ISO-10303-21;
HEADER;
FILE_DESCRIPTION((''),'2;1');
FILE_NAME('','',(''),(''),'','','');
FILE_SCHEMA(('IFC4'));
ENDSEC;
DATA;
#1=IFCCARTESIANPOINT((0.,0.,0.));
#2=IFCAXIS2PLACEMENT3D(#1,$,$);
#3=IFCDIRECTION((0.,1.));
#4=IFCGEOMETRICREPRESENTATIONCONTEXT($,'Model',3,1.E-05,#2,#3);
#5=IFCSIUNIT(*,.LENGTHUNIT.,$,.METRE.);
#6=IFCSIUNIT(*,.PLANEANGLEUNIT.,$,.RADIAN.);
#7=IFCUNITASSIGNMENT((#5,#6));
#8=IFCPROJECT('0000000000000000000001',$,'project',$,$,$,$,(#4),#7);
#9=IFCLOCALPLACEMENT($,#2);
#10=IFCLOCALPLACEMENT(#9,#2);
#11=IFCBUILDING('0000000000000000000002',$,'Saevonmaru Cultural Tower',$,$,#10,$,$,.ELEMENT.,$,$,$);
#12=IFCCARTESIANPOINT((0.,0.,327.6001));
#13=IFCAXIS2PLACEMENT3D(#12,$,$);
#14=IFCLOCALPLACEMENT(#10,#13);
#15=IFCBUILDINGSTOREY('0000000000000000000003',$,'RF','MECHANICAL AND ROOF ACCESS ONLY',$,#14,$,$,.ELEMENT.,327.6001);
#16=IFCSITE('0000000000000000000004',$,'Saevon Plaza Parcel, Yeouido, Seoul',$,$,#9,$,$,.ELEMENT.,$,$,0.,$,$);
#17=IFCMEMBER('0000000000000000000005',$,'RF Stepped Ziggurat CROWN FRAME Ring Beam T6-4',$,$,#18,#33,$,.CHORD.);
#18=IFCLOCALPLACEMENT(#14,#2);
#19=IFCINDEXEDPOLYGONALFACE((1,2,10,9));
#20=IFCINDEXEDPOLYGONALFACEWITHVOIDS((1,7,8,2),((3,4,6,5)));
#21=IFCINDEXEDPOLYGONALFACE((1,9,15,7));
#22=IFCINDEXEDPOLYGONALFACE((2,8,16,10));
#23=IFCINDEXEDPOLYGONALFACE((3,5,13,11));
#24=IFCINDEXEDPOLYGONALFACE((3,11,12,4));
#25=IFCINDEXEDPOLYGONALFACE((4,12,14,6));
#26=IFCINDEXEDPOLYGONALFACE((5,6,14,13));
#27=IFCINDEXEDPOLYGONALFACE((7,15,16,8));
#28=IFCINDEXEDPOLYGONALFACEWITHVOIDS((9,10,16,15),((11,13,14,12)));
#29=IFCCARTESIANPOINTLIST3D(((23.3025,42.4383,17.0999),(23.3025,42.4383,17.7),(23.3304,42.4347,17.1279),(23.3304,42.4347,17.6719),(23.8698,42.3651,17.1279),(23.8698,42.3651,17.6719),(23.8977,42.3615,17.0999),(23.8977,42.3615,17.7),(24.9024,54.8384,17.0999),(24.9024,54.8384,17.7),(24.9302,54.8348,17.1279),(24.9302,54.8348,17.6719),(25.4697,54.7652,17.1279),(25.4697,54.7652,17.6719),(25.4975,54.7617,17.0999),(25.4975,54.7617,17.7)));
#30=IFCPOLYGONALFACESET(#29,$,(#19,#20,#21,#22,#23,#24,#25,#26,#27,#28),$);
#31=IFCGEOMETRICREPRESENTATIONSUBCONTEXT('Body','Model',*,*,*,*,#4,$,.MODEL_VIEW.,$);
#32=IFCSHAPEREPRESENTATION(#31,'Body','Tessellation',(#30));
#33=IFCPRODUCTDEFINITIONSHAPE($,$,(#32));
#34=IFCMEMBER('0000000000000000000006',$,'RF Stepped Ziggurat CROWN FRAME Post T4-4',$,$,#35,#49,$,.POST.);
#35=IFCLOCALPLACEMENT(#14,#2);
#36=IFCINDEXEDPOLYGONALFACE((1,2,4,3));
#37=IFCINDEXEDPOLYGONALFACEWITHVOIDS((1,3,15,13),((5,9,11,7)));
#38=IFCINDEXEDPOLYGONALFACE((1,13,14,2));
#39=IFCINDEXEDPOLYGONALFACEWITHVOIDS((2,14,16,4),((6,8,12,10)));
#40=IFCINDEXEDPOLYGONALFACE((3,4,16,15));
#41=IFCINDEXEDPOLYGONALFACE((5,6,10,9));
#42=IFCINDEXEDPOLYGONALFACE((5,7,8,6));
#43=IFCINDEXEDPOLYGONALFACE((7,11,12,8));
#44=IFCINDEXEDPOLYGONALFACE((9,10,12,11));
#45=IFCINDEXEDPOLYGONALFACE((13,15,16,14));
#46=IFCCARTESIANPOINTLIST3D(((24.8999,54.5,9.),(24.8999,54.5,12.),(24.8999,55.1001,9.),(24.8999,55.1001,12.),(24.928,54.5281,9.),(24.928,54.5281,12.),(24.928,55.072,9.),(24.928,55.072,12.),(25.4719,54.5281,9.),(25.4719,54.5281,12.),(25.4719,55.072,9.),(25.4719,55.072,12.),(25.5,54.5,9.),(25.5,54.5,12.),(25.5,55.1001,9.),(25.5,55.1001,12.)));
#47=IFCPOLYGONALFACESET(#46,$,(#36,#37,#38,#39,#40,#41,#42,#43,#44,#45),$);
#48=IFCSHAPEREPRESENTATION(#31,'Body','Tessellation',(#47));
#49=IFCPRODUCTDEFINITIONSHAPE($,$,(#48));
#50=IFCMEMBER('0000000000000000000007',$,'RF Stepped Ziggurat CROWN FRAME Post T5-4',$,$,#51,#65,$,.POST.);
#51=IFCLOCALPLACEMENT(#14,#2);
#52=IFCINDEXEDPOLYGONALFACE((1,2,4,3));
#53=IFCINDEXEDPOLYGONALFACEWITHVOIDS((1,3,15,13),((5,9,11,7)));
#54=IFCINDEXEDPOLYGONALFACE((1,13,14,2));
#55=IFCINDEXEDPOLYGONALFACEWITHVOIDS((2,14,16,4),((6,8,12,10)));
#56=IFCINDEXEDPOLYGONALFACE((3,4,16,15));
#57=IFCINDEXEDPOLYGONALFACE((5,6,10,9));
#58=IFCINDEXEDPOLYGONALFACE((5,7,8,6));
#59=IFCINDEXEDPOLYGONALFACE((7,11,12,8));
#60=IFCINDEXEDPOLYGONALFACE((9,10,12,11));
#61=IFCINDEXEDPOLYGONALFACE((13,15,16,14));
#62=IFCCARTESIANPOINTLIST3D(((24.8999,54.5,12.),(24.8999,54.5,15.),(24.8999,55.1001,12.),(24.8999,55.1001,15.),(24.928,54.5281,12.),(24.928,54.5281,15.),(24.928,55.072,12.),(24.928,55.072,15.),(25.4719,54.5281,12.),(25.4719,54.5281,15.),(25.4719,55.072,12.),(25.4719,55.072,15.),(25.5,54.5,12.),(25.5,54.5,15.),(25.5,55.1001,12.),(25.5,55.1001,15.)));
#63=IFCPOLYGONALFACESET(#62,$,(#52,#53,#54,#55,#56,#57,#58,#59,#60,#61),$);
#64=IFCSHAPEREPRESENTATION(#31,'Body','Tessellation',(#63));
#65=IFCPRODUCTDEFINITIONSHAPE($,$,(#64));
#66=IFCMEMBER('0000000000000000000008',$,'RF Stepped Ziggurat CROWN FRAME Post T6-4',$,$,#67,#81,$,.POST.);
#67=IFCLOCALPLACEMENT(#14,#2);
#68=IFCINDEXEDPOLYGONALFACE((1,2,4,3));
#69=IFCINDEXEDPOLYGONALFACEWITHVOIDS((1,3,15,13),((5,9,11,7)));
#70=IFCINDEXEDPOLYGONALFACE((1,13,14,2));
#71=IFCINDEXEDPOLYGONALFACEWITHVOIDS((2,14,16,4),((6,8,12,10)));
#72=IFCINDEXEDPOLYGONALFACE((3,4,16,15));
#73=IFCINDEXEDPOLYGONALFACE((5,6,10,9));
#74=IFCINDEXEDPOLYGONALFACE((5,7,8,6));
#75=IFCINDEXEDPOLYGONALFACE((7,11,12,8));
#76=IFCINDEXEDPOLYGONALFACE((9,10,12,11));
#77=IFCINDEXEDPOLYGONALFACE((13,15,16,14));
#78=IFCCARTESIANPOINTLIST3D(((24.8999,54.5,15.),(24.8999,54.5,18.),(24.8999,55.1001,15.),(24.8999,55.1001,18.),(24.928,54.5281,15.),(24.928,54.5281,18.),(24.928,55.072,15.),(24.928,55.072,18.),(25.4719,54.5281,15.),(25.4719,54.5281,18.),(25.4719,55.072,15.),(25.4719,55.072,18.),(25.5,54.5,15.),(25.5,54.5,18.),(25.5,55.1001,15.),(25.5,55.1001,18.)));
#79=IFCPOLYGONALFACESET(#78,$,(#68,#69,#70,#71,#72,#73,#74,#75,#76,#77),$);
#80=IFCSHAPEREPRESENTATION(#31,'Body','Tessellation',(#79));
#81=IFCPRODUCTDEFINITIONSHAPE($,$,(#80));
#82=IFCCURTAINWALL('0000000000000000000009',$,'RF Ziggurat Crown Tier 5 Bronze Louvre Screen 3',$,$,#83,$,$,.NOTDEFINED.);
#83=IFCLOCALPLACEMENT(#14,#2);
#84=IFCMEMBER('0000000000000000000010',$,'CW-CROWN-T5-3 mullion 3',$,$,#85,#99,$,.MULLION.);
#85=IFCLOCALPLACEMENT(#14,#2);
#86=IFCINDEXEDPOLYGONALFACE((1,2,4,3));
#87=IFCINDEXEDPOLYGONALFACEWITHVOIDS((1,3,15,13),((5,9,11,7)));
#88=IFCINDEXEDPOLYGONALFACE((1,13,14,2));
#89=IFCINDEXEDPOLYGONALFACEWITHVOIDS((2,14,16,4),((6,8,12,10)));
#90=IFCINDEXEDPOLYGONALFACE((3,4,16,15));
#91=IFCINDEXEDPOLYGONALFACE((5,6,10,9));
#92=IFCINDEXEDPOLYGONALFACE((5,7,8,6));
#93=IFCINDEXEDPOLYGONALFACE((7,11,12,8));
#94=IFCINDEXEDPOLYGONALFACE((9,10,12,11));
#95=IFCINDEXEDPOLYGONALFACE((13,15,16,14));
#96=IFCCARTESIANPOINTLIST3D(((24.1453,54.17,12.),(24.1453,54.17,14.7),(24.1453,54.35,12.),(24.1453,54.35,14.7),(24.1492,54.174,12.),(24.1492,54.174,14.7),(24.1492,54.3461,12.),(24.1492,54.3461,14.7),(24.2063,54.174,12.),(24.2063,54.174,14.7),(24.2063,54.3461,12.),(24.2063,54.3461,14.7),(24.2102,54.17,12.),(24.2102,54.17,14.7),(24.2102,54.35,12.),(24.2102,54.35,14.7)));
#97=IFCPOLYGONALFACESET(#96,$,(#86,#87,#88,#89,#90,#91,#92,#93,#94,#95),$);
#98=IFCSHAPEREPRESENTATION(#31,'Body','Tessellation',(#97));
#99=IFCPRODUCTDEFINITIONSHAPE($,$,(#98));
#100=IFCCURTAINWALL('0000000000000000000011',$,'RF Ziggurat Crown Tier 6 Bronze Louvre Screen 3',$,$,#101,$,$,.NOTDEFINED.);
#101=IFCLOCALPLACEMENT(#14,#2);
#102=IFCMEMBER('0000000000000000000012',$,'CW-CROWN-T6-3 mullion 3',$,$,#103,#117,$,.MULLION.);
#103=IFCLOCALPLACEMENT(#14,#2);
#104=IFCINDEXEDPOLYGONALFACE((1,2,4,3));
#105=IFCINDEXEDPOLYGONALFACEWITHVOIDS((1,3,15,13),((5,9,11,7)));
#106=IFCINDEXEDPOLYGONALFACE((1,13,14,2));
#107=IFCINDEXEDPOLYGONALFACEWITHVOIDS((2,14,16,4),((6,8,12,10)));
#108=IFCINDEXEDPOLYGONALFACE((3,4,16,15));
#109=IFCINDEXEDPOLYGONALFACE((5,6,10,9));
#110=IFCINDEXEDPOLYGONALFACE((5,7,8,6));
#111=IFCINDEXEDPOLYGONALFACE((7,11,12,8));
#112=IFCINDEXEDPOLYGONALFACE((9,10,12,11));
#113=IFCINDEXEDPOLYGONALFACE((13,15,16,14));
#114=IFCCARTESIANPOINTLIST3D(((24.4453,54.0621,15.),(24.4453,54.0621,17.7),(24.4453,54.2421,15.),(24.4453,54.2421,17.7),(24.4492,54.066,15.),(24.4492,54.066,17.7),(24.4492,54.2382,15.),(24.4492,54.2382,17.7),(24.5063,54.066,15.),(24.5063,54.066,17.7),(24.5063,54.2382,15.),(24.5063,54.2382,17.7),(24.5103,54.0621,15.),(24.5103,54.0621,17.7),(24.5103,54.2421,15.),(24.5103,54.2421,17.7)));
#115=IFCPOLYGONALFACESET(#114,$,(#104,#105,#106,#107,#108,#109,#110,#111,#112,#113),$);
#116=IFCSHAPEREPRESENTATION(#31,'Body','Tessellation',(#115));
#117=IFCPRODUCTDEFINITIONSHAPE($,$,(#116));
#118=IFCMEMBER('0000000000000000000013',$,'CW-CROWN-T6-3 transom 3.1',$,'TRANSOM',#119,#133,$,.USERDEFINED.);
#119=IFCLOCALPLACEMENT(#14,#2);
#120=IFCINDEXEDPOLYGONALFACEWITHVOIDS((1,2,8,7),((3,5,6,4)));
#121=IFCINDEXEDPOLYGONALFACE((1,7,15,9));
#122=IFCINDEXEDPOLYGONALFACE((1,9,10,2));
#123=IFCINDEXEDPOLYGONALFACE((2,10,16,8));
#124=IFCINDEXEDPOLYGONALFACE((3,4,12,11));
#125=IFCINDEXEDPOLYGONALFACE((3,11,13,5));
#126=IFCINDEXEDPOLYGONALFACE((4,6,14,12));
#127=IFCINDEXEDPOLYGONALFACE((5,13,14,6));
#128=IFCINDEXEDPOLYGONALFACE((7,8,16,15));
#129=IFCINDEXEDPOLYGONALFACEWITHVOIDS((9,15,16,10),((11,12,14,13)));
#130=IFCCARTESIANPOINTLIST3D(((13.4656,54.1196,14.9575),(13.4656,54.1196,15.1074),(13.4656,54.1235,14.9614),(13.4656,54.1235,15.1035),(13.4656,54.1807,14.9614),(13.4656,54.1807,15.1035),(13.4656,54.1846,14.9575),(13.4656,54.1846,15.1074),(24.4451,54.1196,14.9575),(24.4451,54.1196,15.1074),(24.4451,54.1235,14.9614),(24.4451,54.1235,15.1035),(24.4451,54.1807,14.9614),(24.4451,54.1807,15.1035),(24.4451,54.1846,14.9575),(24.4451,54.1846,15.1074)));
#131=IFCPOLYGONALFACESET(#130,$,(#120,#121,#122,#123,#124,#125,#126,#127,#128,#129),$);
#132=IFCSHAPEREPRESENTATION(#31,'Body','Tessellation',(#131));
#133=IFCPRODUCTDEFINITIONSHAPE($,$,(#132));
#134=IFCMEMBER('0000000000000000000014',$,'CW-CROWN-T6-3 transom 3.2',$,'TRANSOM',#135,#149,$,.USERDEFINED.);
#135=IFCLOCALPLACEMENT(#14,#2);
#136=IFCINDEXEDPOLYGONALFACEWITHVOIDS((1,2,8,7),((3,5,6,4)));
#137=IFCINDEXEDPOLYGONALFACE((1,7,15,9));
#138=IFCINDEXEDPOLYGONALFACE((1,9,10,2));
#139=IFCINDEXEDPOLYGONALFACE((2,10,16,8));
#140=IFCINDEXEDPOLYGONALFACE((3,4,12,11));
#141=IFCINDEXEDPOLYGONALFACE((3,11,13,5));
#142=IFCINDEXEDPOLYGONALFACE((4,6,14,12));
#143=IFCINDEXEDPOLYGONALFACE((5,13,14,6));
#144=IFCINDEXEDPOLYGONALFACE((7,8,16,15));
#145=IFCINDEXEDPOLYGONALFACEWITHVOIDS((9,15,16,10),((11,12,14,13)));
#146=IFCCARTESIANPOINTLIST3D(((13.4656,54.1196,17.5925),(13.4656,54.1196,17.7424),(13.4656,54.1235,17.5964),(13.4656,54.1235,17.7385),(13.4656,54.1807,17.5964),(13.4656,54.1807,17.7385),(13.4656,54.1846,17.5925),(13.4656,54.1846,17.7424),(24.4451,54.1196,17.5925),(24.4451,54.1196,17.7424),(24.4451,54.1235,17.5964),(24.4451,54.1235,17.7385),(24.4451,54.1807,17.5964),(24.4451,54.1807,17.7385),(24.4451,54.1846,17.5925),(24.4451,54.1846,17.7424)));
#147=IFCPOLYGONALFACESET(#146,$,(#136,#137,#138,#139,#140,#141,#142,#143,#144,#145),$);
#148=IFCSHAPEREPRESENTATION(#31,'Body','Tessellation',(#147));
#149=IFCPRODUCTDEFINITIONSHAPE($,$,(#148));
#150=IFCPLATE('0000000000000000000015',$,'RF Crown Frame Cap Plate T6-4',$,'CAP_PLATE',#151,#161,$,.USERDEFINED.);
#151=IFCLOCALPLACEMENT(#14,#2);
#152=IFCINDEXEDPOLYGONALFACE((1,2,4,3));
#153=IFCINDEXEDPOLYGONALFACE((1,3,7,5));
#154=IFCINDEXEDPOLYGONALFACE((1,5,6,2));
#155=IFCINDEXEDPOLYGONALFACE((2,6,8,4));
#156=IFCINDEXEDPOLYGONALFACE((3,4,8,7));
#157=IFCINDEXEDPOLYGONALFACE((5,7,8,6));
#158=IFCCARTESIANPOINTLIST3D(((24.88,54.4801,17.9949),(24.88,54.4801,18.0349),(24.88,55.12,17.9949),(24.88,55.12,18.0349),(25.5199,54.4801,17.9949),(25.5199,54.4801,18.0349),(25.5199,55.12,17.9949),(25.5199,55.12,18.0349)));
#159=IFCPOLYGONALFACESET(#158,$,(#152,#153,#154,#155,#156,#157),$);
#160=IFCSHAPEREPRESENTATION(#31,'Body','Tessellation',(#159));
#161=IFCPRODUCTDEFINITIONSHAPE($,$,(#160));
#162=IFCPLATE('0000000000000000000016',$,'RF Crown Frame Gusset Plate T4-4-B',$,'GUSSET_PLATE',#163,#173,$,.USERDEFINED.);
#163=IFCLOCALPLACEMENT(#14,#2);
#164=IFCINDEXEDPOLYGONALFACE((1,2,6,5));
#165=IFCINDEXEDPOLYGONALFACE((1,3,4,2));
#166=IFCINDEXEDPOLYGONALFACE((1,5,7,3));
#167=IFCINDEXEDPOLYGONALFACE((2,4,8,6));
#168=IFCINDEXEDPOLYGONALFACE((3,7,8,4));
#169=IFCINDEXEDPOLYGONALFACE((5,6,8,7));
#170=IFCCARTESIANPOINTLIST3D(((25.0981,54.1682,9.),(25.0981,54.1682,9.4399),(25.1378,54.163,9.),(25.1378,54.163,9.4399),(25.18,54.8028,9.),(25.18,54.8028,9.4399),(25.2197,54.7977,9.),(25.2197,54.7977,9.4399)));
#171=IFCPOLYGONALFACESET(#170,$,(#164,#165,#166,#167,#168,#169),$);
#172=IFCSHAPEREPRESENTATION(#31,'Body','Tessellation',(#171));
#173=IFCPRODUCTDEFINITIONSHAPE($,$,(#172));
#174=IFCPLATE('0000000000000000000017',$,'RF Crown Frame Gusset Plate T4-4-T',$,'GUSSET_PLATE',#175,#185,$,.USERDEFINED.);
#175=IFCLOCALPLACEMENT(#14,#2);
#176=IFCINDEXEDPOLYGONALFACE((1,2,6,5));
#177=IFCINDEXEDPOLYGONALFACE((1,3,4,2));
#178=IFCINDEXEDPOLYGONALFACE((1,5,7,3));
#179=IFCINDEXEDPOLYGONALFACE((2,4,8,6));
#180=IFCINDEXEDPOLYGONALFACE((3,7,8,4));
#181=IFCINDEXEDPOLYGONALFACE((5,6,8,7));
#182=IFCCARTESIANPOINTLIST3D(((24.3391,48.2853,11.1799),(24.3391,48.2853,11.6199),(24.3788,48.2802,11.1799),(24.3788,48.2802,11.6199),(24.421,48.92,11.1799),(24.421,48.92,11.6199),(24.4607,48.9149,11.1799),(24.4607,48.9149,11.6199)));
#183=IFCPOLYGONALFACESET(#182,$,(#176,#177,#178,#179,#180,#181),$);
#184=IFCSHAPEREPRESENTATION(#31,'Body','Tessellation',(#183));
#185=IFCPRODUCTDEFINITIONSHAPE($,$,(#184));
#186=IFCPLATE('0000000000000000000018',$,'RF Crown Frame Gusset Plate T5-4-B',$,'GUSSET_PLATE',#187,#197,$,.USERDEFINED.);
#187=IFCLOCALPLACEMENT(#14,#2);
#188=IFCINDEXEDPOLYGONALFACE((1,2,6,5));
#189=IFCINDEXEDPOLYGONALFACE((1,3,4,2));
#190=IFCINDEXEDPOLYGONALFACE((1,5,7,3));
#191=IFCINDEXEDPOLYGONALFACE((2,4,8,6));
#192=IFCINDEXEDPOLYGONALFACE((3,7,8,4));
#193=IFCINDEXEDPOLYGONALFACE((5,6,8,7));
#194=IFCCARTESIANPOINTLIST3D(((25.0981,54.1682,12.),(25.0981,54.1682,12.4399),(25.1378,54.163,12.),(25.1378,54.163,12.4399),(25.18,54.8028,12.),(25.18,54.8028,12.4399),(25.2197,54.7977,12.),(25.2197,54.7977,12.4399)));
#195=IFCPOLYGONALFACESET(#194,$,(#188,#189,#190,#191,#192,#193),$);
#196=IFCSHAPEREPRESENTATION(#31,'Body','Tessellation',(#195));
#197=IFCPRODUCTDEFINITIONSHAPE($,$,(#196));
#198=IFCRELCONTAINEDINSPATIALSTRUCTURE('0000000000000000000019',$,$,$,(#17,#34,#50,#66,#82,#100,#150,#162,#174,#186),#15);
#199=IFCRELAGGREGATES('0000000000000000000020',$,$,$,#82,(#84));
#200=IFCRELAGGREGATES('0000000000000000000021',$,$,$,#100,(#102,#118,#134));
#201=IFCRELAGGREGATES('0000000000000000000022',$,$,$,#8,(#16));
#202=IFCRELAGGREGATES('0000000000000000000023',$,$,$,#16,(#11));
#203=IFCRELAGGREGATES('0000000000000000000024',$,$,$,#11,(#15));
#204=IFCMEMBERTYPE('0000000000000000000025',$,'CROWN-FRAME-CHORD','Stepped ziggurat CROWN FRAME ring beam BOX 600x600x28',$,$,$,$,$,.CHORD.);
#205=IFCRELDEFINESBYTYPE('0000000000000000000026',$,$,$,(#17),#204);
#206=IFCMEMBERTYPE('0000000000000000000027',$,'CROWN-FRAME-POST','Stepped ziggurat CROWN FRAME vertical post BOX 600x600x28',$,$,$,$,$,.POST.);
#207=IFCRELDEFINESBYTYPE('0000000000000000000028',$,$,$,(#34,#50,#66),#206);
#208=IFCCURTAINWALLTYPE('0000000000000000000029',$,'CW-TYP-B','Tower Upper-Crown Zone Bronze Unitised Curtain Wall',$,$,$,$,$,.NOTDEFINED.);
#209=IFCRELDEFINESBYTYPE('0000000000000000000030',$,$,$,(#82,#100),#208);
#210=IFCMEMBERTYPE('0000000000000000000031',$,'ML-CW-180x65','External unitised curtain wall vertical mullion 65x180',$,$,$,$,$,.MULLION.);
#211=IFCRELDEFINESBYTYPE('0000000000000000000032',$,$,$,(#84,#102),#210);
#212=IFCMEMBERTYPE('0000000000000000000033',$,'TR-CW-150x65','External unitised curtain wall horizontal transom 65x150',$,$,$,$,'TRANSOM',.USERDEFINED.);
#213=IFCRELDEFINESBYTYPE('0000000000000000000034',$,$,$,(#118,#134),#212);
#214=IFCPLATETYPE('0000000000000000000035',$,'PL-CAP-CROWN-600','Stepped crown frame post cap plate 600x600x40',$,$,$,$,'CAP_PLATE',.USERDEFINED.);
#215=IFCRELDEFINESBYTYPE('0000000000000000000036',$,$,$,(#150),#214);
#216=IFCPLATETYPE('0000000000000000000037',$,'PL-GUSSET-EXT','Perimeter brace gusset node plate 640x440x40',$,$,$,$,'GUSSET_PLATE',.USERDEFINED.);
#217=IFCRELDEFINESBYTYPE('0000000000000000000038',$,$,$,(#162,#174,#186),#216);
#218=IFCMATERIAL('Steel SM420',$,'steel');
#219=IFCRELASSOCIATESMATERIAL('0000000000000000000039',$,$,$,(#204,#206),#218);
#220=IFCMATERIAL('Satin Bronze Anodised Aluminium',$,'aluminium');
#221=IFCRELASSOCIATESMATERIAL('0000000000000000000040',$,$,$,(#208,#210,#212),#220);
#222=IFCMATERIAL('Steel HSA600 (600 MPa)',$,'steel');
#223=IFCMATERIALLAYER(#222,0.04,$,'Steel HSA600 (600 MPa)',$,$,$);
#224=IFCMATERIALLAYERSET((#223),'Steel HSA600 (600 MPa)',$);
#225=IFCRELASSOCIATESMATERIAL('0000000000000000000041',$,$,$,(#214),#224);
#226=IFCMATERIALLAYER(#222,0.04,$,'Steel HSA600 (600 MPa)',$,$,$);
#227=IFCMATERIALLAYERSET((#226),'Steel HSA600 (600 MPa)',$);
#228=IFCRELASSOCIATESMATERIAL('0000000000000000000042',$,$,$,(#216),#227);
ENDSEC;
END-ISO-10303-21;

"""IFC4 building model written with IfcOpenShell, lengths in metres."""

from ifc_helpers import new_model, si_unit, direction, frame, origin, origin_2d, place, context, subcontext, project, spatial, rectangle, hollow_rectangle, extrude, material, layer, layer_set, material_profile, profile_set, type_object, element, aggregate, save


model = new_model("IFC4")

# Units and contexts
model_context = context("Model", 3, precision=1e-05, world=origin(), true_north=direction((0.0, 1.0)))
body_context = subcontext(model_context, "Body", "Model", "MODEL_VIEW")
ifc_project = project(units=[si_unit("LENGTHUNIT", "METRE"), si_unit("PLANEANGLEUNIT", "RADIAN")], contexts=[model_context])

# Site, building, storey
site_placement = place(None, origin())
site = spatial("IfcSite", under=ifc_project, at=site_placement, Name="Saevon Plaza Parcel, Yeouido, Seoul", CompositionType="ELEMENT", RefElevation=0.0)
building_placement = place(site_placement, origin())
building = spatial("IfcBuilding", under=site, at=building_placement, Name="Saevonmaru Cultural Tower", CompositionType="ELEMENT")
storey_placement = place(building_placement, frame((0.0, 0.0, 327.6001)))
storey = spatial("IfcBuildingStorey", under=building, at=storey_placement, Name="RF", Description="MECHANICAL AND ROOF ACCESS ONLY", CompositionType="ELEMENT", Elevation=327.6001)

# Members
ifc_material_1 = material(Name="Steel SM420", Category="steel")
ifc_material_profile_1 = material_profile(ifc_material_1, hollow_rectangle(XDim=0.6001, YDim=0.6001, WallThickness=0.0281, at=origin_2d()), Name="BOX-600x600x28")
ifc_profile_set_1 = profile_set([ifc_material_profile_1], Name="Steel SM420")
member_type_1 = type_object("IfcMemberType", Name="CROWN-FRAME-CHORD", Description="Stepped ziggurat CROWN FRAME ring beam BOX 600x600x28", PredefinedType="CHORD", material=ifc_profile_set_1)
for number, where, z_axis, x_axis, name in (
    (1, (25.2, 54.8, 17.3999), (-0.127958, -0.99178, 0.0), (0.99178, -0.127958, 0.0), "RF Stepped Ziggurat CROWN FRAME Ring Beam T6-4"),
):
    element("IfcMember", number, at=place(storey_placement, frame(where, z_axis=z_axis, x_axis=x_axis)), inside=storey, type_object=member_type_1, Name=name, PredefinedType="CHORD", context=body_context, shape_type="SweptSolid", body=[
        extrude(hollow_rectangle(XDim=0.6001, YDim=0.6001, WallThickness=0.0281, at=origin_2d()), origin(), (0.0, 0.0, 1.0), 12.5029),
    ])
ifc_material_profile_2 = material_profile(ifc_material_1, hollow_rectangle(XDim=0.6001, YDim=0.6001, WallThickness=0.0281, at=origin_2d()), Name="BOX-600x600x28")
ifc_profile_set_2 = profile_set([ifc_material_profile_2], Name="Steel SM420")
member_type_2 = type_object("IfcMemberType", Name="CROWN-FRAME-POST", Description="Stepped ziggurat CROWN FRAME vertical post BOX 600x600x28", PredefinedType="POST", material=ifc_profile_set_2)
for number, where, z_axis, x_axis, name in (
    (2, (25.2, 54.8, 9.0), (0.0, 0.0, 1.0), (1.0, 0.0, 0.0), "RF Stepped Ziggurat CROWN FRAME Post T4-4"),
    (3, (25.2, 54.8, 12.0), (0.0, 0.0, 1.0), (1.0, 0.0, 0.0), "RF Stepped Ziggurat CROWN FRAME Post T5-4"),
    (4, (25.2, 54.8, 15.0), (0.0, 0.0, 1.0), (1.0, 0.0, 0.0), "RF Stepped Ziggurat CROWN FRAME Post T6-4"),
):
    element("IfcMember", number, at=place(storey_placement, frame(where, z_axis=z_axis, x_axis=x_axis)), inside=storey, type_object=member_type_2, Name=name, PredefinedType="POST", context=body_context, shape_type="SweptSolid", body=[
        extrude(hollow_rectangle(XDim=0.6001, YDim=0.6001, WallThickness=0.0281, at=origin_2d()), origin(), (0.0, 0.0, 1.0), 3.0),
    ])

# Curtain wall, member
ifc_material_2 = material(Name="Satin Bronze Anodised Aluminium", Category="aluminium")
curtain_wall_type = type_object("IfcCurtainWallType", Name="CW-TYP-B", Description="Tower Upper-Crown Zone Bronze Unitised Curtain Wall", PredefinedType="NOTDEFINED", material=ifc_material_2)
curtain_wall_1_placement = place(storey_placement, origin())
curtain_wall_1 = element("IfcCurtainWall", 5, at=curtain_wall_1_placement, inside=storey, type_object=curtain_wall_type, Name="RF Ziggurat Crown Tier 5 Bronze Louvre Screen 3", PredefinedType="NOTDEFINED")
ifc_material_profile_3 = material_profile(ifc_material_2, hollow_rectangle(XDim=0.0649, YDim=0.1799, WallThickness=0.0039, at=origin_2d()), Name="ALU-MULL-180x65x4")
ifc_profile_set_3 = profile_set([ifc_material_profile_3], Name="Satin Bronze Anodised Aluminium")
member_type_3 = type_object("IfcMemberType", Name="ML-CW-180x65", Description="External unitised curtain wall vertical mullion 65x180", PredefinedType="MULLION", material=ifc_profile_set_3)
member_1_placement = place(storey_placement, frame((24.1777, 54.26, 12.0), z_axis=(0.0, 0.0, 1.0), x_axis=(-1.0, 0.0, 0.0)))
member_1 = element("IfcMember", 6, at=member_1_placement, type_object=member_type_3, Name="CW-CROWN-T5-3 mullion 3", PredefinedType="MULLION", context=body_context, shape_type="SweptSolid", body=[
    extrude(hollow_rectangle(XDim=0.0649, YDim=0.1799, WallThickness=0.0039, at=origin_2d()), origin(), (0.0, 0.0, 1.0), 2.7),
])

# Curtain wall, members
curtain_wall_2_placement = place(storey_placement, origin())
curtain_wall_2 = element("IfcCurtainWall", 7, at=curtain_wall_2_placement, inside=storey, type_object=curtain_wall_type, Name="RF Ziggurat Crown Tier 6 Bronze Louvre Screen 3", PredefinedType="NOTDEFINED")
member_2_placement = place(storey_placement, frame((24.4778, 54.1521, 15.0), z_axis=(0.0, 0.0, 1.0), x_axis=(-1.0, 0.0, 0.0)))
member_2 = element("IfcMember", 8, at=member_2_placement, type_object=member_type_3, Name="CW-CROWN-T6-3 mullion 3", PredefinedType="MULLION", context=body_context, shape_type="SweptSolid", body=[
    extrude(hollow_rectangle(XDim=0.0649, YDim=0.1799, WallThickness=0.0039, at=origin_2d()), origin(), (0.0, 0.0, 1.0), 2.7),
])
ifc_material_profile_4 = material_profile(ifc_material_2, hollow_rectangle(XDim=0.0649, YDim=0.1499, WallThickness=0.0039, at=origin_2d()), Name="ALU-TRAN-150x65x4")
ifc_profile_set_4 = profile_set([ifc_material_profile_4], Name="Satin Bronze Anodised Aluminium")
member_type_4 = type_object("IfcMemberType", Name="TR-CW-150x65", Description="External unitised curtain wall horizontal transom 65x150", ElementType="TRANSOM", PredefinedType="USERDEFINED", material=ifc_profile_set_4)
member_3_placement = place(storey_placement, frame((24.4451, 54.1521, 15.0325), z_axis=(-1.0, 0.0, 0.0), x_axis=(0.0, -1.0, 0.0)))
member_3 = element("IfcMember", 9, at=member_3_placement, type_object=member_type_4, Name="CW-CROWN-T6-3 transom 3.1", ObjectType="TRANSOM", PredefinedType="USERDEFINED", context=body_context, shape_type="SweptSolid", body=[
    extrude(hollow_rectangle(XDim=0.0649, YDim=0.1499, WallThickness=0.0039, at=origin_2d()), origin(), (0.0, 0.0, 1.0), 10.9795),
])
member_4_placement = place(storey_placement, frame((24.4451, 54.1521, 17.6675), z_axis=(-1.0, 0.0, 0.0), x_axis=(0.0, -1.0, 0.0)))
member_4 = element("IfcMember", 10, at=member_4_placement, type_object=member_type_4, Name="CW-CROWN-T6-3 transom 3.2", ObjectType="TRANSOM", PredefinedType="USERDEFINED", context=body_context, shape_type="SweptSolid", body=[
    extrude(hollow_rectangle(XDim=0.0649, YDim=0.1499, WallThickness=0.0039, at=origin_2d()), origin(), (0.0, 0.0, 1.0), 10.9795),
])

# Plates
ifc_material_3 = material(Name="Steel HSA600 (600 MPa)", Category="steel")
ifc_layer_1 = layer(ifc_material_3, 0.04, Name="Steel HSA600 (600 MPa)")
ifc_layer_set_1 = layer_set([ifc_layer_1], Name="Steel HSA600 (600 MPa)")
plate_type_1 = type_object("IfcPlateType", Name="PL-CAP-CROWN-600", Description="Stepped crown frame post cap plate 600x600x40", ElementType="CAP_PLATE", PredefinedType="USERDEFINED", material=ifc_layer_set_1)
plate_1_placement = place(storey_placement, frame((25.2, 54.8, 17.9949), z_axis=(0.0, 0.0, 1.0), x_axis=(1.0, 0.0, 0.0)))
element("IfcPlate", 11, at=plate_1_placement, inside=storey, type_object=plate_type_1, Name="RF Crown Frame Cap Plate T6-4", ObjectType="CAP_PLATE", PredefinedType="USERDEFINED", context=body_context, shape_type="SweptSolid", body=[
    extrude(rectangle(XDim=0.6399, YDim=0.6399, at=origin_2d()), origin(), (0.0, 0.0, 1.0), 0.04),
])
ifc_layer_2 = layer(ifc_material_3, 0.04, Name="Steel HSA600 (600 MPa)")
ifc_layer_set_2 = layer_set([ifc_layer_2], Name="Steel HSA600 (600 MPa)")
plate_type_2 = type_object("IfcPlateType", Name="PL-GUSSET-EXT", Description="Perimeter brace gusset node plate 640x440x40", ElementType="GUSSET_PLATE", PredefinedType="USERDEFINED", material=ifc_layer_set_2)
for number, where, z_axis, x_axis, name in (
    (12, (25.1589, 54.4829, 9.0), (0.0, 0.0, 1.0), (-0.127965, -0.991779, 0.0), "RF Crown Frame Gusset Plate T4-4-B"),
    (13, (24.3999, 48.6001, 11.1799), (0.0, 0.0, 1.0), (-0.127965, -0.991779, 0.0), "RF Crown Frame Gusset Plate T4-4-T"),
    (14, (25.1589, 54.4829, 12.0), (0.0, 0.0, 1.0), (-0.127965, -0.991779, 0.0), "RF Crown Frame Gusset Plate T5-4-B"),
):
    element("IfcPlate", number, at=place(storey_placement, frame(where, z_axis=z_axis, x_axis=x_axis)), inside=storey, type_object=plate_type_2, Name=name, ObjectType="GUSSET_PLATE", PredefinedType="USERDEFINED", context=body_context, shape_type="SweptSolid", body=[
        extrude(rectangle(XDim=0.6399, YDim=0.04, at=origin_2d()), origin(), (0.0, 0.0, 1.0), 0.4399),
    ])

aggregate(curtain_wall_1, [member_1])
aggregate(curtain_wall_2, [member_2, member_3, member_4])

save(model, "model.ifc")
